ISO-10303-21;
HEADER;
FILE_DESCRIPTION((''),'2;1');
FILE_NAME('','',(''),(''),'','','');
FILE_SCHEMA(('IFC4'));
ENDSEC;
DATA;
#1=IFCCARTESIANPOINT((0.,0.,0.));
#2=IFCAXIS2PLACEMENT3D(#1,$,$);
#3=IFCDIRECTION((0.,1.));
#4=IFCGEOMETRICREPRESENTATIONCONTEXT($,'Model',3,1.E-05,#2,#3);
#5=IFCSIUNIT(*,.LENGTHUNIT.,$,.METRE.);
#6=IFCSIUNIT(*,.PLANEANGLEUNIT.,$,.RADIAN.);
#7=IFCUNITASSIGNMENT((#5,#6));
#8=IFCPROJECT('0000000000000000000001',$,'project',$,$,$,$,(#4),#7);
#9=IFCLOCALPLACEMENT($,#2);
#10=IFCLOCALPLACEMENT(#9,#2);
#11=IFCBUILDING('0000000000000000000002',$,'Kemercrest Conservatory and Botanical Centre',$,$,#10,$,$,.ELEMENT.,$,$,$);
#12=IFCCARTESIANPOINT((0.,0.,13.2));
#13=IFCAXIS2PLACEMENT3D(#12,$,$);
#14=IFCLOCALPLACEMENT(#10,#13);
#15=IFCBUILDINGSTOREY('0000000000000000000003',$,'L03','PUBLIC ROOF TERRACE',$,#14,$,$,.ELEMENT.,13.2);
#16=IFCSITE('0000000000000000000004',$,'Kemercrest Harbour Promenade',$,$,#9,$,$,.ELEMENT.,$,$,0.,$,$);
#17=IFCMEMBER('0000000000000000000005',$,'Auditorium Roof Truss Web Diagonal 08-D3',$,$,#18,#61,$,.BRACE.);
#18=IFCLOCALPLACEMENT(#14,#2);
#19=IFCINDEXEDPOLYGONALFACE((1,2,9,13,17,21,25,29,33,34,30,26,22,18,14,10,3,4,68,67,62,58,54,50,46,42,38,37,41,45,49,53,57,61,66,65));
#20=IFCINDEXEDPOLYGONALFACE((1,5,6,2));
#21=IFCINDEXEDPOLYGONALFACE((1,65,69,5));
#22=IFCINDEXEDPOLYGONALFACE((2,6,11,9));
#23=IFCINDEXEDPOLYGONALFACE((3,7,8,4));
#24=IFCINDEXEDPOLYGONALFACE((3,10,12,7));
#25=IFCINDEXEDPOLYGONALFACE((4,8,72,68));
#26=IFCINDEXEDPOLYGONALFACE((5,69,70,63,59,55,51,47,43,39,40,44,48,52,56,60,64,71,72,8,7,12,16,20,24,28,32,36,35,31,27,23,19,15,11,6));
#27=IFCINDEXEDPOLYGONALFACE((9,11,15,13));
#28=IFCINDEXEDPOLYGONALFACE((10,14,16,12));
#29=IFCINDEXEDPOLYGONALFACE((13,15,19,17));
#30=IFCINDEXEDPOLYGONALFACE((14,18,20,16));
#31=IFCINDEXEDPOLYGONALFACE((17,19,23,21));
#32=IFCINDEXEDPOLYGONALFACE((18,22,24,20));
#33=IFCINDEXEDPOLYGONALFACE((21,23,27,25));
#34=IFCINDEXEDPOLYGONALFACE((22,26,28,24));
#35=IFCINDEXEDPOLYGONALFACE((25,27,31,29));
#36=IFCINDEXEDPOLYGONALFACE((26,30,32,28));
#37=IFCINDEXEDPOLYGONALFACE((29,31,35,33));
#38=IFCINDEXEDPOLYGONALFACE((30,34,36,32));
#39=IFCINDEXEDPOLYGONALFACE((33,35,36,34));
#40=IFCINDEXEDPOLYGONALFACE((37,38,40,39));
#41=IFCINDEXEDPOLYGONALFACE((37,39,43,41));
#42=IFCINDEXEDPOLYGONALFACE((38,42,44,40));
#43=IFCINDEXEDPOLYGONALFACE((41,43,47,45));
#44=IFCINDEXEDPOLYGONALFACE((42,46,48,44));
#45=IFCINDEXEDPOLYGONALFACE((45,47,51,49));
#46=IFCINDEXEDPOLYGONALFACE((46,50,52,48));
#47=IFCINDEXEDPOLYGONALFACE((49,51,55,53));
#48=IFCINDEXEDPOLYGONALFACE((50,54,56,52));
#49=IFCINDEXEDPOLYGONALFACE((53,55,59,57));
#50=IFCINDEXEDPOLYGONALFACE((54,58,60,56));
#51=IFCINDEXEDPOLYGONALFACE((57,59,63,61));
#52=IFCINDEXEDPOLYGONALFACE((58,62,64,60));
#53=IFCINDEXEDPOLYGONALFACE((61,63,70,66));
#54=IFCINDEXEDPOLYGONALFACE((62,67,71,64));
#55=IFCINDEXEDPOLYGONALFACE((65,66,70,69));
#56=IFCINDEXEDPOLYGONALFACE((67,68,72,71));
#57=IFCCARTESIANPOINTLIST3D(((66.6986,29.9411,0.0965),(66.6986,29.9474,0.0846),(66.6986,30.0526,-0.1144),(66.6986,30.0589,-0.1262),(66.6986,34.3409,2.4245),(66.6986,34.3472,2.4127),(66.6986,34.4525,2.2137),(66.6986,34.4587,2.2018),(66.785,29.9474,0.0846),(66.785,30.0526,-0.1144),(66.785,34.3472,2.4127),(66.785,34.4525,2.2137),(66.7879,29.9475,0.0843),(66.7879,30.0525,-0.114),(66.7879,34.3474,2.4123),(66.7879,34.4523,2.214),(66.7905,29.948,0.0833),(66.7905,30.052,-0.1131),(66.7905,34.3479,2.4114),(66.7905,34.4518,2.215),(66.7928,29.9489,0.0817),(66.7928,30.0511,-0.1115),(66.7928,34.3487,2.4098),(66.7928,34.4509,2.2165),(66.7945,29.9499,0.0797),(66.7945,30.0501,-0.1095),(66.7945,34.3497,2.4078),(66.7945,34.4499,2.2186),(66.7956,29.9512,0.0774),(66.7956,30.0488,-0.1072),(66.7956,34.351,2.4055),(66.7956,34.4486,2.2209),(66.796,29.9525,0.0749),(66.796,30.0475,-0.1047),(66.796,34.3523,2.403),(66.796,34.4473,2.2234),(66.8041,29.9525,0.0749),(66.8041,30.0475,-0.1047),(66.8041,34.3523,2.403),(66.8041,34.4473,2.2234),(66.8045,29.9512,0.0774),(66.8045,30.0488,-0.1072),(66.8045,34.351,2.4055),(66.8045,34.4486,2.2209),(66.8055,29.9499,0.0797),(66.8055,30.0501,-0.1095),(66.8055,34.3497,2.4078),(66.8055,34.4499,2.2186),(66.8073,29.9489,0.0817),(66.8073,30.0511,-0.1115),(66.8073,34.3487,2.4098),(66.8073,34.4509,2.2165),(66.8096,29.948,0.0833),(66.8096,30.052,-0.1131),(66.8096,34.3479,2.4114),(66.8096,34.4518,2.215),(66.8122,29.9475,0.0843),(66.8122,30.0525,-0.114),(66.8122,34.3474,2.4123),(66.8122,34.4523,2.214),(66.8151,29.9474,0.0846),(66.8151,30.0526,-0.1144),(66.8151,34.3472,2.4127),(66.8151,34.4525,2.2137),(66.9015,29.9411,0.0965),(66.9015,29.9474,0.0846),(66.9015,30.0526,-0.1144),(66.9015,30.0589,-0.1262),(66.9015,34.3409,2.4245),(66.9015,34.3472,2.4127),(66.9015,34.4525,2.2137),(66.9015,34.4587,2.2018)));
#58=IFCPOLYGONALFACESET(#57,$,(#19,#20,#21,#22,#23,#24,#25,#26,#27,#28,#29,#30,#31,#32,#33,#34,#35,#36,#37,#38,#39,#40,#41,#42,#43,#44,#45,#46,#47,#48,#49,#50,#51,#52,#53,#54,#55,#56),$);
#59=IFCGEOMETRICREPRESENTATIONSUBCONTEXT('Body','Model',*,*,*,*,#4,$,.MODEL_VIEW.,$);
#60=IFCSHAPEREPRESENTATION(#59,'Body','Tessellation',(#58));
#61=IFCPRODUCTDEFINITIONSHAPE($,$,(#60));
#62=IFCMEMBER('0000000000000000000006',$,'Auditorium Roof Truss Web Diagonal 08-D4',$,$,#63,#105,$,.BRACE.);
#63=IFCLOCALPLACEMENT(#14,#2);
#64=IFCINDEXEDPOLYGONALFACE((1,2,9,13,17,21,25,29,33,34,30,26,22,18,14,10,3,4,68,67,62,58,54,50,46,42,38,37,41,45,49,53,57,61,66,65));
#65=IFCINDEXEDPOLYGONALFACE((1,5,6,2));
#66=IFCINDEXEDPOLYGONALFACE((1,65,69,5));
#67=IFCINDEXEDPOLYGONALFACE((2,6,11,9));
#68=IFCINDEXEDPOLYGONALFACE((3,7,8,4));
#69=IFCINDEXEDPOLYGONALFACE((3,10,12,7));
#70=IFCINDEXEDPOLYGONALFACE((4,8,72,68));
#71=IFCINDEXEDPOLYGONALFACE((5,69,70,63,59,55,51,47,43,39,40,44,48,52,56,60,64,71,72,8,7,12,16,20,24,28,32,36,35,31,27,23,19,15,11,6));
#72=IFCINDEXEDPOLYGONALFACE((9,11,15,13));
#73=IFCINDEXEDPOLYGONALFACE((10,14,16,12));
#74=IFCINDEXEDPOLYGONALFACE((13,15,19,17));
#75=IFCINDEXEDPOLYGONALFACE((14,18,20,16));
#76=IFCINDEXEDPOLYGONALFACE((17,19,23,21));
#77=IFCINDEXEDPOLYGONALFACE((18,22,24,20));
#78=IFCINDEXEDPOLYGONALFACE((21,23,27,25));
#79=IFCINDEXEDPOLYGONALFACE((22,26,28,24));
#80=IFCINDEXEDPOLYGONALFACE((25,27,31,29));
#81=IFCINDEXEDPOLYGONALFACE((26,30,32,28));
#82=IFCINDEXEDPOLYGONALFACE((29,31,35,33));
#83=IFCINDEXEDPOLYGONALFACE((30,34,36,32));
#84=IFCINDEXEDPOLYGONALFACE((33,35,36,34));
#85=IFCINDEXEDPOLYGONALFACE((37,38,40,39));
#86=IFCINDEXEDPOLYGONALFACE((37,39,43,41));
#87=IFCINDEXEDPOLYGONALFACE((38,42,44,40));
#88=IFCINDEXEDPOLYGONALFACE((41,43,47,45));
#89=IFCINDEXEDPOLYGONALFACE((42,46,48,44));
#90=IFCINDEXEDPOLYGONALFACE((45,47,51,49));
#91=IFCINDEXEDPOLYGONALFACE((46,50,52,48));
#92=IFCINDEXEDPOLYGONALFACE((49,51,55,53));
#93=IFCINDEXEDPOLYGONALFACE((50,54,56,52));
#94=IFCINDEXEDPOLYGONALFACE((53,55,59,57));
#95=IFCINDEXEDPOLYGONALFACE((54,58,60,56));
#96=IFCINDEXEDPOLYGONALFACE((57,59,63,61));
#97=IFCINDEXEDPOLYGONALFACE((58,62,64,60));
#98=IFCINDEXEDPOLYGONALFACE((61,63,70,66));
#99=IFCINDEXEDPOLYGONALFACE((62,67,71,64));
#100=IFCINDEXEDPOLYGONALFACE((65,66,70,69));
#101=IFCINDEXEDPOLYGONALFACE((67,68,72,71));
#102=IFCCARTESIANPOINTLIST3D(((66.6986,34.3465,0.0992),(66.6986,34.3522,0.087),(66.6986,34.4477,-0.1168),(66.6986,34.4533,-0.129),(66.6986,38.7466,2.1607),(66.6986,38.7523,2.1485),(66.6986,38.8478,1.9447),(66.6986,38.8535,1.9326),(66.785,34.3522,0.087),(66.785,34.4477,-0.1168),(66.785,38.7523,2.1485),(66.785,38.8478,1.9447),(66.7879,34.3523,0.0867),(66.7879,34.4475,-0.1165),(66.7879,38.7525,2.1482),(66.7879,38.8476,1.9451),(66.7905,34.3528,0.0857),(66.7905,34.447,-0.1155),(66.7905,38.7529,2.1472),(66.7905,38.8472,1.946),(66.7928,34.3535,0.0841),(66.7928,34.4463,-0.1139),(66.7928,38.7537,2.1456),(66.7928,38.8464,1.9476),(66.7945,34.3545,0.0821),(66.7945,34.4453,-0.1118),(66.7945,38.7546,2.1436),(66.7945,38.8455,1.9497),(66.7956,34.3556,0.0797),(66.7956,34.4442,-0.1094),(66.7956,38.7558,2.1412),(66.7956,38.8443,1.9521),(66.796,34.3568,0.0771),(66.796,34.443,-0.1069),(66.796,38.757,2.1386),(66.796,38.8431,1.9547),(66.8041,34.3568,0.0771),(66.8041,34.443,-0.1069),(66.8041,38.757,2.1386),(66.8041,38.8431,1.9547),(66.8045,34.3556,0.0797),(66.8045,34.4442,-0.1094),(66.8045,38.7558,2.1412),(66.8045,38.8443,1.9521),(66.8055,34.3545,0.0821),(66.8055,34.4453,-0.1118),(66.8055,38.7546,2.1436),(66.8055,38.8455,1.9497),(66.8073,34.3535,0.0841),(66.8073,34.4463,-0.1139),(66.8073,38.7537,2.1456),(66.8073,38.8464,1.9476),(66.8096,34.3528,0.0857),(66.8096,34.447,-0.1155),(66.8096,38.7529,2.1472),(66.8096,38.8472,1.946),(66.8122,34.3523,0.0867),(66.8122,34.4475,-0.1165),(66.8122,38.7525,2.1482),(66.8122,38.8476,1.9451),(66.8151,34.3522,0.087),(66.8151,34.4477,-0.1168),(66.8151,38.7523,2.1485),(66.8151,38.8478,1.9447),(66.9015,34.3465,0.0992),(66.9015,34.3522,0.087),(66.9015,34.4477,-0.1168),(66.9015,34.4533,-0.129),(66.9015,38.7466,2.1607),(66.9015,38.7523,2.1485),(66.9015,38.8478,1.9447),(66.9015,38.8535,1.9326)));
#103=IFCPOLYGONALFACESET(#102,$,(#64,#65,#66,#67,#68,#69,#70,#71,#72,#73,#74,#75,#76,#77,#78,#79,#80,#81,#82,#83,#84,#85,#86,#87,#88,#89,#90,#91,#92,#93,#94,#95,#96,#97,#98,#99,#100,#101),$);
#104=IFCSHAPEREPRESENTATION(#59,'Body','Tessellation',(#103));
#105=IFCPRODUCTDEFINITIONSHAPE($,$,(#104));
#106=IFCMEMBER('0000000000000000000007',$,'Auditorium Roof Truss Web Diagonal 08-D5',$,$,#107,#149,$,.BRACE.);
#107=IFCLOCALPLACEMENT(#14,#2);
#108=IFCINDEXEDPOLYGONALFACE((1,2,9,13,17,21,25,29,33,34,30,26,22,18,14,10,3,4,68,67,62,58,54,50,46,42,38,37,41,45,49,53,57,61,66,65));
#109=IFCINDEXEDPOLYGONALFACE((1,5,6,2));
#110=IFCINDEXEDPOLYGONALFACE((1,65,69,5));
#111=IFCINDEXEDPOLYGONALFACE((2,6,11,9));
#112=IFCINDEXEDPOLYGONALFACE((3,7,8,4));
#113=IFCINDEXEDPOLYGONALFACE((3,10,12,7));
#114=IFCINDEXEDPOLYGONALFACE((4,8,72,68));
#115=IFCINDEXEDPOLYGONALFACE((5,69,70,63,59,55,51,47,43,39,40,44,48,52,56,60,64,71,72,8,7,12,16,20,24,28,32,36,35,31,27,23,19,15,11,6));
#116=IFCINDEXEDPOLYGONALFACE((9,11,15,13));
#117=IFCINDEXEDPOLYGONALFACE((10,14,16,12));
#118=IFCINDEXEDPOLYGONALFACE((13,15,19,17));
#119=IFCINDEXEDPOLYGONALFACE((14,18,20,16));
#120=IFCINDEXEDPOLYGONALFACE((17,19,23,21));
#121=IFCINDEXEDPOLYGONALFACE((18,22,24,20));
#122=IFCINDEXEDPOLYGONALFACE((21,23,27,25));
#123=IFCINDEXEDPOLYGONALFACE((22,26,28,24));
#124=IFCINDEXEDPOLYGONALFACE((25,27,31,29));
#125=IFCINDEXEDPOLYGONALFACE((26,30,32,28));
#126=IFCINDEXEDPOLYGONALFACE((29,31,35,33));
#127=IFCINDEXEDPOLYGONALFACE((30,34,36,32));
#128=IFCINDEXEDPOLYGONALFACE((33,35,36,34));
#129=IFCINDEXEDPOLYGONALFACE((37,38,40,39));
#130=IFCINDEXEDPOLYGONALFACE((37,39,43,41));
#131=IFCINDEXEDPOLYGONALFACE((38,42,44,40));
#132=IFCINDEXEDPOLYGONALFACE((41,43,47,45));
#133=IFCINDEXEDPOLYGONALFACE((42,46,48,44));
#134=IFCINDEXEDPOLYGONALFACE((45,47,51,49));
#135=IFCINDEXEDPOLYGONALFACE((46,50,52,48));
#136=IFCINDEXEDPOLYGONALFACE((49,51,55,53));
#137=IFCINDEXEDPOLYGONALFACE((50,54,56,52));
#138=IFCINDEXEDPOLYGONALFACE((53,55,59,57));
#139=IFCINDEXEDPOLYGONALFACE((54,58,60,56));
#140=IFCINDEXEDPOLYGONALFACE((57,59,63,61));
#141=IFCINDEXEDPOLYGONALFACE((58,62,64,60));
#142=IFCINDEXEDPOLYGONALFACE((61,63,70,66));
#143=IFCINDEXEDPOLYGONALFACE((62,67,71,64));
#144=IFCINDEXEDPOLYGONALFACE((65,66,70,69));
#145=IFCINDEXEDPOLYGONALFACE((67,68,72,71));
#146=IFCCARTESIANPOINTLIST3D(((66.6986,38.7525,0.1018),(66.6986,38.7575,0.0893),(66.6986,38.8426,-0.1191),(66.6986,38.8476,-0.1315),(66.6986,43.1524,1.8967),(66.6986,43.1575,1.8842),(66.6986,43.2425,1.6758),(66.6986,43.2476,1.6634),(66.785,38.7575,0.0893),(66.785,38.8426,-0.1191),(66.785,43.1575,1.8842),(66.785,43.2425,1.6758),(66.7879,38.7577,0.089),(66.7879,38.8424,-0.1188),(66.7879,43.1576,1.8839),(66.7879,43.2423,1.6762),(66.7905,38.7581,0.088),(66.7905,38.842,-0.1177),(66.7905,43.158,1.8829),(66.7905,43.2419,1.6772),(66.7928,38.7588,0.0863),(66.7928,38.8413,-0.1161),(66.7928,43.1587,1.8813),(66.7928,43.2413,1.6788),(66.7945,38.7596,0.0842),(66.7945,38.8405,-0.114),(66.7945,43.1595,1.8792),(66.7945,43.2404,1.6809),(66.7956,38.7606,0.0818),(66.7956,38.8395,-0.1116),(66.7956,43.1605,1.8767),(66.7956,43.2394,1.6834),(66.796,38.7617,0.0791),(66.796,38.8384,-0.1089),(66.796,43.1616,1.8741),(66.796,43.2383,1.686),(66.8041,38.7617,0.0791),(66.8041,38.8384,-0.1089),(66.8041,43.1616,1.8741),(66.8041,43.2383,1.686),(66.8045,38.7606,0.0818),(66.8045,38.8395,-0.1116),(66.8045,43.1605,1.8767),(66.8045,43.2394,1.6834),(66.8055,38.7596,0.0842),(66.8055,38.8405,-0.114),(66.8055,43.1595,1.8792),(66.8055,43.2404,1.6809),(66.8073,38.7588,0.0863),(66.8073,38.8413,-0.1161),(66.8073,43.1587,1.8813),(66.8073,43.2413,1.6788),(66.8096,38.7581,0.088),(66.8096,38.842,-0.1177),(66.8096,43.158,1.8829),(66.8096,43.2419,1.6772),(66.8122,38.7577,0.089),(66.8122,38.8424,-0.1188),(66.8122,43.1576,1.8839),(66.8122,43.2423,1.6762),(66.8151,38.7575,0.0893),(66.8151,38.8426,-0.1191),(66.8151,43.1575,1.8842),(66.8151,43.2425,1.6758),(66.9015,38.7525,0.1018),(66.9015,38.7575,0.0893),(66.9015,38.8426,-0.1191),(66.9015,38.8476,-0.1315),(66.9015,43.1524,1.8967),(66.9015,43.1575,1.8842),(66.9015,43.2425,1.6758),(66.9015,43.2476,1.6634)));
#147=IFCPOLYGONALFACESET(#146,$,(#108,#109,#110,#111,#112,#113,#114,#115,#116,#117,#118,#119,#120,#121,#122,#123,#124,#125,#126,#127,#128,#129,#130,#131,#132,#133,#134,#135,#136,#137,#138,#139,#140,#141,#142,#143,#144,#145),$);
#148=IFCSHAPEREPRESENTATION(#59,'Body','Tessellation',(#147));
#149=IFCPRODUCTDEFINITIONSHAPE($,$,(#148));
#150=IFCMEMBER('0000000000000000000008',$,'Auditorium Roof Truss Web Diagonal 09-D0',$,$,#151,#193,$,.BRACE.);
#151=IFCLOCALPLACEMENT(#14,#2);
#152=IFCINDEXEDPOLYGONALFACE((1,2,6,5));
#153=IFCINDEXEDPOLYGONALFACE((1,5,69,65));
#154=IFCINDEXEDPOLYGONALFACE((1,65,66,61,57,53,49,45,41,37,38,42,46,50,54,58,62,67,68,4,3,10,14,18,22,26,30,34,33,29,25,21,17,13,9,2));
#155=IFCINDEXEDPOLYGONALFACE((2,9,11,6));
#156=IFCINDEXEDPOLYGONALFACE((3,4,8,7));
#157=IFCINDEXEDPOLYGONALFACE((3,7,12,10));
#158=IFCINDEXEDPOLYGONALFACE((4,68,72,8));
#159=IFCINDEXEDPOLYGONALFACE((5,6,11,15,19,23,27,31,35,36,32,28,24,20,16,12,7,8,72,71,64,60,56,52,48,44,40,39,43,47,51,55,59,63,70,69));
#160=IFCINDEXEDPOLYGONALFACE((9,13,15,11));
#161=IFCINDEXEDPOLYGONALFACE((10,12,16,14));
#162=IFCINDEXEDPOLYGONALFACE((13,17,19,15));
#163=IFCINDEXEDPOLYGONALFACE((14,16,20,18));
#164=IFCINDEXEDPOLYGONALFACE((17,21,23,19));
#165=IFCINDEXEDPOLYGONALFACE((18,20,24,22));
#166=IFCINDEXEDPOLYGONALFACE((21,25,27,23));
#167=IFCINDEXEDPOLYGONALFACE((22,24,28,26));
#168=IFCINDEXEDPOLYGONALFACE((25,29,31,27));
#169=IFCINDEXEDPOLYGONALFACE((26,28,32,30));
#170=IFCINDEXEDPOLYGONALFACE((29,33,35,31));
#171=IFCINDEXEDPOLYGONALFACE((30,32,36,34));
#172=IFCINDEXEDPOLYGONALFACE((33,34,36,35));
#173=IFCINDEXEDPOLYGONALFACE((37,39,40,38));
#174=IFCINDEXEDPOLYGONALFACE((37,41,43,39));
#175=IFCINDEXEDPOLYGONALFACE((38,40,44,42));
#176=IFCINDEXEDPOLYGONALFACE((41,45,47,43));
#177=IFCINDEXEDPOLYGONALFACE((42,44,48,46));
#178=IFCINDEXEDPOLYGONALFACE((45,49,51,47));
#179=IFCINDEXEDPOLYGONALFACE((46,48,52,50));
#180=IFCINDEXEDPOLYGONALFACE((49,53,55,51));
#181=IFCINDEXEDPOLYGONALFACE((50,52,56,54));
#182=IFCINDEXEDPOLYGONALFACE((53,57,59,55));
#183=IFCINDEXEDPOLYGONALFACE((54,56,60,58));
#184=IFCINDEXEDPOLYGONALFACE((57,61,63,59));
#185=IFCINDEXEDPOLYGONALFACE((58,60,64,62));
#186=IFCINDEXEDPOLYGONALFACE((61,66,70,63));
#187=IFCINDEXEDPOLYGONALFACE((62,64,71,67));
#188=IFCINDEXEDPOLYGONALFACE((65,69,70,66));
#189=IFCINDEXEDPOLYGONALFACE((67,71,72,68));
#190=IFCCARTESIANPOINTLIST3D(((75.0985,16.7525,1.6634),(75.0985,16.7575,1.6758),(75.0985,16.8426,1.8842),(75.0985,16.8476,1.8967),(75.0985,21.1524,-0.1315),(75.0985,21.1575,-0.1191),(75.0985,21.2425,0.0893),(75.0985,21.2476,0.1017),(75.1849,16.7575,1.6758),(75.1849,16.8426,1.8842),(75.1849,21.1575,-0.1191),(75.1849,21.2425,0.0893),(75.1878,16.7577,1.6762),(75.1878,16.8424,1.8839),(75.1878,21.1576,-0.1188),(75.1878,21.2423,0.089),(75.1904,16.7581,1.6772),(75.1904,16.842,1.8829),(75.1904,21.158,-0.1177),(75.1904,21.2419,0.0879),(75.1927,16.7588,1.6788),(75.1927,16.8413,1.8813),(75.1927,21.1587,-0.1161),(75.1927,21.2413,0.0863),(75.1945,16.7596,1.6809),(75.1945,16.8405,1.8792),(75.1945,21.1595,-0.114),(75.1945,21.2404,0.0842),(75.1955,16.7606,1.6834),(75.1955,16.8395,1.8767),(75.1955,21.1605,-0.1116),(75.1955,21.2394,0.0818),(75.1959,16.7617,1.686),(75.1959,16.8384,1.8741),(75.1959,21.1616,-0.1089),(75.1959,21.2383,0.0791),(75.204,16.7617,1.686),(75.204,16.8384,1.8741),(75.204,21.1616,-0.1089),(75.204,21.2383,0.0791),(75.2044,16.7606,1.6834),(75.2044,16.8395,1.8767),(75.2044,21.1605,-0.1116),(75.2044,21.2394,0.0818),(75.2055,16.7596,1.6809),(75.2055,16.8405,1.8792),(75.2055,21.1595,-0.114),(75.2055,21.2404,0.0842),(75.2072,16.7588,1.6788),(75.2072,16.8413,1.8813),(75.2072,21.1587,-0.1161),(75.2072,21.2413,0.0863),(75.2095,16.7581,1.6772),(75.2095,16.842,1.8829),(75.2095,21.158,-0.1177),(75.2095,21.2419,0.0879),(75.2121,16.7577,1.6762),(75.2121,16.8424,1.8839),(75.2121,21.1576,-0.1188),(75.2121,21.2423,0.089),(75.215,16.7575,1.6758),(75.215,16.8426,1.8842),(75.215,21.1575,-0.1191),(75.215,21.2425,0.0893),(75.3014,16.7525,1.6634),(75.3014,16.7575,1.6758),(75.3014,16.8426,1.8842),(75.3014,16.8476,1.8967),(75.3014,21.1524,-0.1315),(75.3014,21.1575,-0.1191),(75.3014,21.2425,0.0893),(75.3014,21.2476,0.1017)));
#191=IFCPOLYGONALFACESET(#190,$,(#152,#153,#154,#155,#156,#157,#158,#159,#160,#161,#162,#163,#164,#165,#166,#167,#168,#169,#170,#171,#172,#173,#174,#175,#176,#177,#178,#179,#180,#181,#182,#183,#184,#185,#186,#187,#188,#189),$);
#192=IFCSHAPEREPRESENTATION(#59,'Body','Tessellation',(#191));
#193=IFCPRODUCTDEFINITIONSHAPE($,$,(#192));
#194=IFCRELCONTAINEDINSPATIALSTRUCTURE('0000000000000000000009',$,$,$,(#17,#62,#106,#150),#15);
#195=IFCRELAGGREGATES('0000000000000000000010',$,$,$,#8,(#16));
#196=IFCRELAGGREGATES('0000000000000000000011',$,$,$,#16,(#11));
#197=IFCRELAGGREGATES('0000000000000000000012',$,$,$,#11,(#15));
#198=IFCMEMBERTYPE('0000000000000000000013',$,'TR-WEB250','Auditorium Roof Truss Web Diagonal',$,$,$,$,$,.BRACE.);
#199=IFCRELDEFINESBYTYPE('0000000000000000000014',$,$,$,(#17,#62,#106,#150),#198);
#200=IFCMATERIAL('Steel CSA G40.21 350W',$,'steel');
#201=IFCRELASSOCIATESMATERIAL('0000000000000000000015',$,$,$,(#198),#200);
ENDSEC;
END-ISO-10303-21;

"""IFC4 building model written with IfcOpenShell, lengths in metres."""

from ifc_helpers import new_model, si_unit, direction, frame, origin, origin_2d, place, context, subcontext, project, spatial, i_section, extrude, material, material_profile, profile_set, type_object, element, save


model = new_model("IFC4")

# Units and contexts
model_context = context("Model", 3, precision=1e-05, world=origin(), true_north=direction((0.0, 1.0)))
body_context = subcontext(model_context, "Body", "Model", "MODEL_VIEW")
ifc_project = project(units=[si_unit("LENGTHUNIT", "METRE"), si_unit("PLANEANGLEUNIT", "RADIAN")], contexts=[model_context])

# Site, building, storey
site_placement = place(None, origin())
site = spatial("IfcSite", under=ifc_project, at=site_placement, Name="Kemercrest Harbour Promenade", CompositionType="ELEMENT", RefElevation=0.0)
building_placement = place(site_placement, origin())
building = spatial("IfcBuilding", under=site, at=building_placement, Name="Kemercrest Conservatory and Botanical Centre", CompositionType="ELEMENT")
storey_placement = place(building_placement, frame((0.0, 0.0, 13.2)))
storey = spatial("IfcBuildingStorey", under=building, at=storey_placement, Name="L03", Description="PUBLIC ROOF TERRACE", CompositionType="ELEMENT", Elevation=13.2)

# Members
ifc_material = material(Name="Steel CSA G40.21 350W", Category="steel")
ifc_material_profile_1 = material_profile(ifc_material, i_section(OverallWidth=0.2029, OverallDepth=0.252, WebThickness=0.0081, FlangeThickness=0.0134, FilletRadius=0.011, at=origin_2d()), Name="W250X58")
ifc_profile_set_1 = profile_set([ifc_material_profile_1], Name="Steel CSA G40.21 350W")
member_type_1 = type_object("IfcMemberType", Name="TR-WEB250", Description="Auditorium Roof Truss Web Diagonal", PredefinedType="BRACE", material=ifc_profile_set_1)
for number, where, z_axis, x_axis, name in (
    (1, (66.8, 30.0, -0.0149), (0.0, 0.88389, 0.467694), (-1.0, 0.0, 0.0), "Auditorium Roof Truss Web Diagonal 08-D3"),
):
    element("IfcMember", number, at=place(storey_placement, frame(where, z_axis=z_axis, x_axis=x_axis)), inside=storey, type_object=member_type_1, Name=name, PredefinedType="BRACE", context=body_context, shape_type="SweptSolid", body=[
        extrude(i_section(OverallWidth=0.2029, OverallDepth=0.252, WebThickness=0.0081, FlangeThickness=0.0134, FilletRadius=0.011, at=origin_2d()), origin(), (0.0, 0.0, 1.0), 4.9778),
    ])
member_1_placement = place(storey_placement, frame((66.8, 34.3999, -0.0149), z_axis=(0.0, 0.905542, 0.424258), x_axis=(-1.0, 0.0, 0.0)))
element("IfcMember", 2, at=member_1_placement, inside=storey, type_object=member_type_1, Name="Auditorium Roof Truss Web Diagonal 08-D4", PredefinedType="BRACE", context=body_context, shape_type="SweptSolid", body=[
    extrude(i_section(OverallWidth=0.2029, OverallDepth=0.252, WebThickness=0.0081, FlangeThickness=0.0134, FilletRadius=0.011, at=origin_2d()), origin(), (0.0, 0.0, 1.0), 4.8591),
])
for number, where, z_axis, x_axis, name in (
    (3, (66.8, 38.8, -0.0149), (0.0, 0.925918, 0.377724), (-1.0, 0.0, 0.0), "Auditorium Roof Truss Web Diagonal 08-D5"),
    (4, (75.2, 16.8, 1.78), (0.0, 0.925918, -0.377724), (-1.0, 0.0, 0.0), "Auditorium Roof Truss Web Diagonal 09-D0"),
):
    element("IfcMember", number, at=place(storey_placement, frame(where, z_axis=z_axis, x_axis=x_axis)), inside=storey, type_object=member_type_1, Name=name, PredefinedType="BRACE", context=body_context, shape_type="SweptSolid", body=[
        extrude(i_section(OverallWidth=0.2029, OverallDepth=0.252, WebThickness=0.0081, FlangeThickness=0.0134, FilletRadius=0.011, at=origin_2d()), origin(), (0.0, 0.0, 1.0), 4.752),
    ])

save(model, "model.ifc")
